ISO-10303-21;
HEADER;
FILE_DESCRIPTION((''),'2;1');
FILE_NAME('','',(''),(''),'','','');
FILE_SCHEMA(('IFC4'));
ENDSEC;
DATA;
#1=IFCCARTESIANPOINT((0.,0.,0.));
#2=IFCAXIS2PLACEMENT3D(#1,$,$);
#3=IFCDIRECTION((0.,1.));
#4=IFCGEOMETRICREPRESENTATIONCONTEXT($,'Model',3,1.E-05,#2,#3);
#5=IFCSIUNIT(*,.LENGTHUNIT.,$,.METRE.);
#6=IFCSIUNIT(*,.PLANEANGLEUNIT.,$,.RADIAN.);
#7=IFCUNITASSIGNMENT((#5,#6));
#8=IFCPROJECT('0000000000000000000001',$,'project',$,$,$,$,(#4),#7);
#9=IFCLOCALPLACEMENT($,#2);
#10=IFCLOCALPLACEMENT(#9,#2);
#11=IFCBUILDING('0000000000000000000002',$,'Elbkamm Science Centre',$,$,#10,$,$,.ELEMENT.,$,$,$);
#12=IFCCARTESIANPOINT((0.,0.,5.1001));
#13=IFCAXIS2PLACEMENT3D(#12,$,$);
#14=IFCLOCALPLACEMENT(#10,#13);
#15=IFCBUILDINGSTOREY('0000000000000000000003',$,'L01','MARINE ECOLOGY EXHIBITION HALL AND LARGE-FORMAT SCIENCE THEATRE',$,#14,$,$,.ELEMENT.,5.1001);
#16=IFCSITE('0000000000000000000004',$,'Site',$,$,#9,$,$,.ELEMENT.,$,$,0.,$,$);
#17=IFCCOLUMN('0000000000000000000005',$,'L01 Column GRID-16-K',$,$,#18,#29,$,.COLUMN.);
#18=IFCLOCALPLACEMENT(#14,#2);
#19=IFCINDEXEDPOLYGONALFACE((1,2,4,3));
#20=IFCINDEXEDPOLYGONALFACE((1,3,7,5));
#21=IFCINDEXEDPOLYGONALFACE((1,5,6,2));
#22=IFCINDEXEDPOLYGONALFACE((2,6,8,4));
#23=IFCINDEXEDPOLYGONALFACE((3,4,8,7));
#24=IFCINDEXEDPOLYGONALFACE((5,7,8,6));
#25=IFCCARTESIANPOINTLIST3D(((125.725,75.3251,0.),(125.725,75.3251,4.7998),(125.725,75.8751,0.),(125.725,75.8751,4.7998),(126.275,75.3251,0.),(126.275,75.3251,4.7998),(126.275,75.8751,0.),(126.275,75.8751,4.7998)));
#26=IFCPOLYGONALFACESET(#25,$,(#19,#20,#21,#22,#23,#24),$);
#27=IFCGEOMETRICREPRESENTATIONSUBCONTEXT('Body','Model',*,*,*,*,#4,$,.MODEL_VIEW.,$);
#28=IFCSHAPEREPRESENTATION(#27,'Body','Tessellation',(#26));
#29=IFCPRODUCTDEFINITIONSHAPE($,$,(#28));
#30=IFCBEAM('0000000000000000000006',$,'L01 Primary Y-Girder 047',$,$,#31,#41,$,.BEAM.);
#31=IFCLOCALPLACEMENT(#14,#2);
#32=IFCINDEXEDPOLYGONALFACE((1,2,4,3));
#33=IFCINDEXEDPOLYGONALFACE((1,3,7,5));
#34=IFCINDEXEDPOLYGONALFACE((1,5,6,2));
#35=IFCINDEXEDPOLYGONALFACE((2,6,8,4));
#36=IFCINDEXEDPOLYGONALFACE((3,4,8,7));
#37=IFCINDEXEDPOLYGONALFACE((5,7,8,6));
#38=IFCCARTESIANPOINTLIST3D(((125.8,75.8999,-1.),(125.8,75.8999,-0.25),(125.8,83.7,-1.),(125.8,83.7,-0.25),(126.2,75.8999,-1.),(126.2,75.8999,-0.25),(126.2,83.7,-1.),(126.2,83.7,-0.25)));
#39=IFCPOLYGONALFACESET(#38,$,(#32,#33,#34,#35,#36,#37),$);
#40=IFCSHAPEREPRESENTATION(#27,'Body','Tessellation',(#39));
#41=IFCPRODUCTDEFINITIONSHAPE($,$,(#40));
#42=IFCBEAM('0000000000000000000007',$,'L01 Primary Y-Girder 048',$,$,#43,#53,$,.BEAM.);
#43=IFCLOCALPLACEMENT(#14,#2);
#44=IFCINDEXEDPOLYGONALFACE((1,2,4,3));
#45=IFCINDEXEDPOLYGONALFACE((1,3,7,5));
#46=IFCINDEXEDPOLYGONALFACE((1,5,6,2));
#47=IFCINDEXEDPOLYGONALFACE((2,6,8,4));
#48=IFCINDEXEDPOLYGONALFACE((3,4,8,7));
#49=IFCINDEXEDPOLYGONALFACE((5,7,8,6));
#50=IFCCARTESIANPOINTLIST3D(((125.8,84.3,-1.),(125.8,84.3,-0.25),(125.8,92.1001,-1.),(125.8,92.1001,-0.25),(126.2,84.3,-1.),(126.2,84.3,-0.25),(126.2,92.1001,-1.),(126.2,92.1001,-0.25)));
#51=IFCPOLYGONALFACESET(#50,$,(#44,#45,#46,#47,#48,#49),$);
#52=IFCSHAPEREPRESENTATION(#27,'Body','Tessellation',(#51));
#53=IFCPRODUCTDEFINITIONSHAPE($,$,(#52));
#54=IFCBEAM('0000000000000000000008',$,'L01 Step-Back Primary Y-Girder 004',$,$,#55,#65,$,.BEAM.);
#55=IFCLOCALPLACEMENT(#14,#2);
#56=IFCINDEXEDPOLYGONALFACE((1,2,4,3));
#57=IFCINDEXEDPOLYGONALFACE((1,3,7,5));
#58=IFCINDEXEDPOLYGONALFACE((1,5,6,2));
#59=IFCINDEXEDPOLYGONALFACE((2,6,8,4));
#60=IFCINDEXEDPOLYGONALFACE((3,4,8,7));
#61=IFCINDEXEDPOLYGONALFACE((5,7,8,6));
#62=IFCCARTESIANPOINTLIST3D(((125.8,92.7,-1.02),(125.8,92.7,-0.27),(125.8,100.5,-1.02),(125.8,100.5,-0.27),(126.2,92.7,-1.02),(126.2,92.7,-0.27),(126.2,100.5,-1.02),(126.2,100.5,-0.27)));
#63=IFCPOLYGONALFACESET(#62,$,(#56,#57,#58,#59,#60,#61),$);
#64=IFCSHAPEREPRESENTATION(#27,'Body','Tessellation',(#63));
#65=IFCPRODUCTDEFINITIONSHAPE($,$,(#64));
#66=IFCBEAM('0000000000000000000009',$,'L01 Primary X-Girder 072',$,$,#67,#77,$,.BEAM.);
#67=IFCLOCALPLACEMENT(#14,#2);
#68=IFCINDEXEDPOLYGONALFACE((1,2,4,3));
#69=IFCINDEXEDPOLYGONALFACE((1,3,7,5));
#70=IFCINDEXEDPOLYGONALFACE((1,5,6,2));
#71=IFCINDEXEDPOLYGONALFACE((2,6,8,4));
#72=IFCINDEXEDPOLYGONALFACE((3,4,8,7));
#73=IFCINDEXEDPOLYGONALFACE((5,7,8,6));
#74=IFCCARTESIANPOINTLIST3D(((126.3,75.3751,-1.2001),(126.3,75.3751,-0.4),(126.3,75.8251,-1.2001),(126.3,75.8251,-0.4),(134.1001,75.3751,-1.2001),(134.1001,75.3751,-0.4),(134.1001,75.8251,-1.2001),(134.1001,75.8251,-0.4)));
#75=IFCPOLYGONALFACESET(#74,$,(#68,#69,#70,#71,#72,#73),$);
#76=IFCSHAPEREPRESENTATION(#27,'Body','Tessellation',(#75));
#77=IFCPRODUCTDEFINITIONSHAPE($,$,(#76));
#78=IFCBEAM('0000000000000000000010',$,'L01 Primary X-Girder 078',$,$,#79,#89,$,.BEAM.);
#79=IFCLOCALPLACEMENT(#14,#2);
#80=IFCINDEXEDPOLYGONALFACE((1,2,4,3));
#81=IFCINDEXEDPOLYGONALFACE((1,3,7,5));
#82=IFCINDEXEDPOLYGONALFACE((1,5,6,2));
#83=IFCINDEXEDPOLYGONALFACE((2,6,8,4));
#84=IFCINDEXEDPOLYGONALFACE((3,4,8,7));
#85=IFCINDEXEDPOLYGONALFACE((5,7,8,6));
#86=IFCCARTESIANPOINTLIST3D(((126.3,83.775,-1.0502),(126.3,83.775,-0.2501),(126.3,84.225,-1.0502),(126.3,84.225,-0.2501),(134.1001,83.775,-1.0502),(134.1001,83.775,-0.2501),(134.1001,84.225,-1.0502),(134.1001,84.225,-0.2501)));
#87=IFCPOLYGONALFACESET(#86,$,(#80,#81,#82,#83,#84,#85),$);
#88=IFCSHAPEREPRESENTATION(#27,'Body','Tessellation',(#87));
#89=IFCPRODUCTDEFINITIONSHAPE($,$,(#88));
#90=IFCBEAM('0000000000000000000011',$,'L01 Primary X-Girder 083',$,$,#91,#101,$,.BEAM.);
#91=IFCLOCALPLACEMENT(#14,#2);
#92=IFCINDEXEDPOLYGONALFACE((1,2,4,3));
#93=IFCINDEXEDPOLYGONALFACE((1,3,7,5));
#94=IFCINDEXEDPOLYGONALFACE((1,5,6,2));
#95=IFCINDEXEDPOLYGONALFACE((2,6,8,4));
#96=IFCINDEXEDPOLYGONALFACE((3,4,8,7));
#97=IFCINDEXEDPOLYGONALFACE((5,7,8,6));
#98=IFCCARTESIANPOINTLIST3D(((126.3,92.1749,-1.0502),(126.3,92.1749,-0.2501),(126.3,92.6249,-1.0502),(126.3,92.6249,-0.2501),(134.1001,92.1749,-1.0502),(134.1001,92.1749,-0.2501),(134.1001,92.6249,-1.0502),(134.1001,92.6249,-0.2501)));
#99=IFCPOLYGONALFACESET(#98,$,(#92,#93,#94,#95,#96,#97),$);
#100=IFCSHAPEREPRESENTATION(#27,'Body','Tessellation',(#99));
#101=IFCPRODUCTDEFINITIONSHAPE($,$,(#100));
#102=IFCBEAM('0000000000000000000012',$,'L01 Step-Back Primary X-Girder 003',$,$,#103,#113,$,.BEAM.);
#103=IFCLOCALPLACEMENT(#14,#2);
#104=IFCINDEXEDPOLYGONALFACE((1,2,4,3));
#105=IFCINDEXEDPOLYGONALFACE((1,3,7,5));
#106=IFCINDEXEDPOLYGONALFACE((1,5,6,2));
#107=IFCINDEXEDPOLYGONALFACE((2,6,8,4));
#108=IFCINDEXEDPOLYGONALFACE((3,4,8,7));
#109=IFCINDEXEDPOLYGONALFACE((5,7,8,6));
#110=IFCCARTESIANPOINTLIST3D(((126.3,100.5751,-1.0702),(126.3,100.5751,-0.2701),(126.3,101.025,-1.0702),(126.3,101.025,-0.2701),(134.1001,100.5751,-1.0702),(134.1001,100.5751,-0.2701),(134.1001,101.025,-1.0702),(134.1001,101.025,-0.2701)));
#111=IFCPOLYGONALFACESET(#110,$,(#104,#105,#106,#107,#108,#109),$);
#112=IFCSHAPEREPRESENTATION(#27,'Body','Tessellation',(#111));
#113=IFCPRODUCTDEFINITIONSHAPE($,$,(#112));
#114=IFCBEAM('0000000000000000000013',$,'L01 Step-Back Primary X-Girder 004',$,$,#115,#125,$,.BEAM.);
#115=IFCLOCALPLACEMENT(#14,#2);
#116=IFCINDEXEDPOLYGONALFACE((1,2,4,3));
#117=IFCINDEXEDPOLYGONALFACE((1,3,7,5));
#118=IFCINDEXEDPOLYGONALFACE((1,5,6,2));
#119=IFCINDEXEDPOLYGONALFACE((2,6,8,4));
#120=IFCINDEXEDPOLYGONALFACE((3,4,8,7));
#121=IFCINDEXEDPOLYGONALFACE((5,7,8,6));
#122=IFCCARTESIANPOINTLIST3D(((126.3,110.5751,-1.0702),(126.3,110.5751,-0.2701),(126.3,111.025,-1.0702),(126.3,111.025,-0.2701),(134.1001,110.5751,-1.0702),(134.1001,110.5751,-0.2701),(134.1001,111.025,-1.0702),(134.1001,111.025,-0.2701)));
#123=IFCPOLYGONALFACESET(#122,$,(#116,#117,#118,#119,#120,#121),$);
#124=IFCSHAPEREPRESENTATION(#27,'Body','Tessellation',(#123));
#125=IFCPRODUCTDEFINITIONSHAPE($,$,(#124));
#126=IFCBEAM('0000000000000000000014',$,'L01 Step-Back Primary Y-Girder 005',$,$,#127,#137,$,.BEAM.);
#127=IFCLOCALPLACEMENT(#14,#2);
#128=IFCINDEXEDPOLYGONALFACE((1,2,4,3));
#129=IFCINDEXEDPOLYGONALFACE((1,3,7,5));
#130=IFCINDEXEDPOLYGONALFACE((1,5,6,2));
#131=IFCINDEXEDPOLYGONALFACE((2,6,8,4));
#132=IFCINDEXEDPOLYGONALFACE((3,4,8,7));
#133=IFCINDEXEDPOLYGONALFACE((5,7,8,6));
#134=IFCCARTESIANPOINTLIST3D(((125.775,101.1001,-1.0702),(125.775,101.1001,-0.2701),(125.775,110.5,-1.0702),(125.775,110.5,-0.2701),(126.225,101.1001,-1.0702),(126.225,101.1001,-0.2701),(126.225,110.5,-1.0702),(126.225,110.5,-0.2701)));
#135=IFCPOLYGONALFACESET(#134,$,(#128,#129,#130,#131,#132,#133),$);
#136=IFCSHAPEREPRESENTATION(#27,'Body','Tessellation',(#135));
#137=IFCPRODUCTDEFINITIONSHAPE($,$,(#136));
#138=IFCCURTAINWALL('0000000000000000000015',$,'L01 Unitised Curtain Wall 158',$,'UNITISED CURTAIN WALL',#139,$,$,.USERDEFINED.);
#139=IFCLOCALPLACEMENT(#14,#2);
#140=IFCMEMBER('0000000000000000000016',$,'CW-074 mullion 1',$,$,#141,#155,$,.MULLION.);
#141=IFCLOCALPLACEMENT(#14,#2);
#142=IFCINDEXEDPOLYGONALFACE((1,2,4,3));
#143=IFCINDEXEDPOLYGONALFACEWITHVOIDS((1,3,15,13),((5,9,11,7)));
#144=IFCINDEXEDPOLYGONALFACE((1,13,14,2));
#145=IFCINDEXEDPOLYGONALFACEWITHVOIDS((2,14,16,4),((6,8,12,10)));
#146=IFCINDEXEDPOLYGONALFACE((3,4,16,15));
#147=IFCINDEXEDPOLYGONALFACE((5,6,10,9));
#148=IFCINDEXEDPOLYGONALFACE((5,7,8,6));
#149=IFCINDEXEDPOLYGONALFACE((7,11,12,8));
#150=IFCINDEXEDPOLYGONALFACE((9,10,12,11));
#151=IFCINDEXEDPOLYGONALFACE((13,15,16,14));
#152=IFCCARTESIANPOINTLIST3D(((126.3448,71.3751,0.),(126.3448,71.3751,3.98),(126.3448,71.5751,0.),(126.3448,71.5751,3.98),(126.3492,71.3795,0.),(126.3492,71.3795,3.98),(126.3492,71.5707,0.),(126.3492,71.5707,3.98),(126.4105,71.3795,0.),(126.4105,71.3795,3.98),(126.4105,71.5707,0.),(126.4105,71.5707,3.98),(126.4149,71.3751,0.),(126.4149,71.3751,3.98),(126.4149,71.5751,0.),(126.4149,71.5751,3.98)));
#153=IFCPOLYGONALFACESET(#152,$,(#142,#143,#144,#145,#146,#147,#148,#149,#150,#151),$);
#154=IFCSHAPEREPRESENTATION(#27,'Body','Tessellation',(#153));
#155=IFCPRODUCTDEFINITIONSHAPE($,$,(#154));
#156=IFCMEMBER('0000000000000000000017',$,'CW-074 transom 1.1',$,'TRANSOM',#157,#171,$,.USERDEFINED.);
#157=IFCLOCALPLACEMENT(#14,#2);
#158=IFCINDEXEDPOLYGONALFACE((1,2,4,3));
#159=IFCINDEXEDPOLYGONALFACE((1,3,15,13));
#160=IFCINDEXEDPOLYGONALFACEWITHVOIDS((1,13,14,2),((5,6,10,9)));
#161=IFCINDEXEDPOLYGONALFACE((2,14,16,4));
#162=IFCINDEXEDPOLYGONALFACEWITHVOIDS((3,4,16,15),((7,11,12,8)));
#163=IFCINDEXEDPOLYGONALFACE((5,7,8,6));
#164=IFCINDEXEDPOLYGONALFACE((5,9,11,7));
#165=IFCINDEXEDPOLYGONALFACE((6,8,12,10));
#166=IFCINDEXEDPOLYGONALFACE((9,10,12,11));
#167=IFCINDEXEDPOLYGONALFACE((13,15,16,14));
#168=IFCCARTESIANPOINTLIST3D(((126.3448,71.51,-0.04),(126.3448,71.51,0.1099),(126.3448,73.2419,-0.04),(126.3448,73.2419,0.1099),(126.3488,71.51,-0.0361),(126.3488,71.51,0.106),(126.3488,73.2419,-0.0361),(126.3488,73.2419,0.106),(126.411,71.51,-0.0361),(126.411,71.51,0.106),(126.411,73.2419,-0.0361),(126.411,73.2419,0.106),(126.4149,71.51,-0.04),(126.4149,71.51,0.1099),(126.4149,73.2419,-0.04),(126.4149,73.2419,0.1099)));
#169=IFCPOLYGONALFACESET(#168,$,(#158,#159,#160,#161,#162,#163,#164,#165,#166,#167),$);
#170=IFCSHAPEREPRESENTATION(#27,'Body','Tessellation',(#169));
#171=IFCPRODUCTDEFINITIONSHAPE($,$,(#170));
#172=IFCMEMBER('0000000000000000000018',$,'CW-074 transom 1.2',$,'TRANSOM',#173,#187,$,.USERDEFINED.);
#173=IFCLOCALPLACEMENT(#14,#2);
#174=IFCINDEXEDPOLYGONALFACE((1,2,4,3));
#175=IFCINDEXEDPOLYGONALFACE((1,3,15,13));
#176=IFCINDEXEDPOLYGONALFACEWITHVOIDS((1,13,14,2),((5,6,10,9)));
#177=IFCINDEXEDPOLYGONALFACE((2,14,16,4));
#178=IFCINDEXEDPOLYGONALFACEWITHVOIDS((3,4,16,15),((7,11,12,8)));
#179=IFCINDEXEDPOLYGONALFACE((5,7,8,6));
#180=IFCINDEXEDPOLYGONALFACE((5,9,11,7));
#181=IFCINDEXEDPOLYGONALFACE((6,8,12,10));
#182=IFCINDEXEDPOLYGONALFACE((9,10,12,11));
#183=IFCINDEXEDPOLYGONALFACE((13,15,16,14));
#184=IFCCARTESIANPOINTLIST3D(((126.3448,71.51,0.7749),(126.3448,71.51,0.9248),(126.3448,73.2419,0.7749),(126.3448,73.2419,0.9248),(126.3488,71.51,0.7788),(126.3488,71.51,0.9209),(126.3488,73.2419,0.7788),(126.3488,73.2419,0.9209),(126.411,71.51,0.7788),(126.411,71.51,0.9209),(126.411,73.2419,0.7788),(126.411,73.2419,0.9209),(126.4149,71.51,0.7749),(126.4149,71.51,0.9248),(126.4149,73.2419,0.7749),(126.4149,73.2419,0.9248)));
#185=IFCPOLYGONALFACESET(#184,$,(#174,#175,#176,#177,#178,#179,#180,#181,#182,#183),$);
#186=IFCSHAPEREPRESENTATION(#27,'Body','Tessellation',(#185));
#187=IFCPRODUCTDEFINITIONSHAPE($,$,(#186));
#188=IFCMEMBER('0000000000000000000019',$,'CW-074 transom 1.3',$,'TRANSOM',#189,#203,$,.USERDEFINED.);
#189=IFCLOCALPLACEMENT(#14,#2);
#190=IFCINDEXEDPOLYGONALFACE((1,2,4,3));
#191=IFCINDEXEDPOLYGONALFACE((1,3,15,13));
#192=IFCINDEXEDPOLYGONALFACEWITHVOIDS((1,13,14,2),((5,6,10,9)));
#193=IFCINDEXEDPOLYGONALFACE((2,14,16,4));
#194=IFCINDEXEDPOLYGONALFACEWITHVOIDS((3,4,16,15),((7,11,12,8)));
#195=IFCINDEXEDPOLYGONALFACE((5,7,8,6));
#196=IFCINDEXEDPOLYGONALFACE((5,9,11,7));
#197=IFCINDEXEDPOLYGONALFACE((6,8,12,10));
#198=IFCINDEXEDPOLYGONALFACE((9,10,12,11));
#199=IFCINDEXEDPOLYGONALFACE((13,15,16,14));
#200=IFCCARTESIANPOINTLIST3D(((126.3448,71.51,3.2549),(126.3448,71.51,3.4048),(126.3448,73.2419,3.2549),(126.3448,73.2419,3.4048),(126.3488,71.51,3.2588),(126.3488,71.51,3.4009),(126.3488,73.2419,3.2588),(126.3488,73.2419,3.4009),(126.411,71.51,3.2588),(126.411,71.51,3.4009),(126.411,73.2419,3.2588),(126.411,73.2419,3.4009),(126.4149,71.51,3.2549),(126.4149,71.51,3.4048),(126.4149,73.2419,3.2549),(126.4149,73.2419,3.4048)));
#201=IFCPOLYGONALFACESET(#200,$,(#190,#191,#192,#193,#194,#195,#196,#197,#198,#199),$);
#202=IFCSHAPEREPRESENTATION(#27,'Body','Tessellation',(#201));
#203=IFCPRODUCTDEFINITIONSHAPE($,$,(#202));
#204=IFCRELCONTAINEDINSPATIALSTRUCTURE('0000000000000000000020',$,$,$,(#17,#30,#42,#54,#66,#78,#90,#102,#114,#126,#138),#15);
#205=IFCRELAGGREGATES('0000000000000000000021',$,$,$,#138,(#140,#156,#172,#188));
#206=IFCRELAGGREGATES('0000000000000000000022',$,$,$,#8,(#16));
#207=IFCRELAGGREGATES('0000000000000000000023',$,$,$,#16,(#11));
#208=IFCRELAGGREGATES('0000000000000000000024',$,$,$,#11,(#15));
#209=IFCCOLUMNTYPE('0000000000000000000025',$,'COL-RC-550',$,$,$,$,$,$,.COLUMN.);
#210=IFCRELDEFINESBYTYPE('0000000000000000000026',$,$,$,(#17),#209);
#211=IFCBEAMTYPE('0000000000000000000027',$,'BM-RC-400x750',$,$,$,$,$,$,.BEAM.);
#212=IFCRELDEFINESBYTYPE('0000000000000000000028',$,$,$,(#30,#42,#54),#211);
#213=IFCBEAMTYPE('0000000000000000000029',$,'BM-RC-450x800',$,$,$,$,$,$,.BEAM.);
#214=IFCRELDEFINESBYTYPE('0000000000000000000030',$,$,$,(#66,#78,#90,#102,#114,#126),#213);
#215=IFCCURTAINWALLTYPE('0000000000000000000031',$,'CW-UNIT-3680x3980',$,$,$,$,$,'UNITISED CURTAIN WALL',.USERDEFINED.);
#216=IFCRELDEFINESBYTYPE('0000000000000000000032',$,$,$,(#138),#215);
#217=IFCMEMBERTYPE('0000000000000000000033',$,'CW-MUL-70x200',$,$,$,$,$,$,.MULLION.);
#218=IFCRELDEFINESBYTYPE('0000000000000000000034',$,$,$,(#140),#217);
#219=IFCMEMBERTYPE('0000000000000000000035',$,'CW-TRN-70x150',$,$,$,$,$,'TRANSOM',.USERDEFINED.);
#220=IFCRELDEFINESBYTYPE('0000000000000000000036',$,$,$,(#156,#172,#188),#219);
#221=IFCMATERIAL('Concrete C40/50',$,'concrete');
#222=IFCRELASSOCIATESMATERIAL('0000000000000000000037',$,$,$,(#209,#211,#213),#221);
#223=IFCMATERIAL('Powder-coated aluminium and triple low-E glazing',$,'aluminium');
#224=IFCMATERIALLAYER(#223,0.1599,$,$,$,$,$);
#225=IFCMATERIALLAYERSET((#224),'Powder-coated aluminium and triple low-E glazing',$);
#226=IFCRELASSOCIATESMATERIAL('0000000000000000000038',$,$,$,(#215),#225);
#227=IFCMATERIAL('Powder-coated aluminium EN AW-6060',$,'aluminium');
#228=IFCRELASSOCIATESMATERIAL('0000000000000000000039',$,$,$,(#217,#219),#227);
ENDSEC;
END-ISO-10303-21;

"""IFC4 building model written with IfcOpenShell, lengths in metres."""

from ifc_helpers import new_model, si_unit, direction, frame, origin, origin_2d, place, context, subcontext, project, spatial, rectangle, hollow_rectangle, extrude, material, layer, layer_set, material_profile, profile_set, type_object, element, aggregate, save


model = new_model("IFC4")

# Units and contexts
model_context = context("Model", 3, precision=1e-05, world=origin(), true_north=direction((0.0, 1.0)))
body_context = subcontext(model_context, "Body", "Model", "MODEL_VIEW")
ifc_project = project(units=[si_unit("LENGTHUNIT", "METRE"), si_unit("PLANEANGLEUNIT", "RADIAN")], contexts=[model_context])

# Site, building, storey
site_placement = place(None, origin())
site = spatial("IfcSite", under=ifc_project, at=site_placement, Name="Site", CompositionType="ELEMENT", RefElevation=0.0)
building_placement = place(site_placement, origin())
building = spatial("IfcBuilding", under=site, at=building_placement, Name="Elbkamm Science Centre", CompositionType="ELEMENT")
storey_placement = place(building_placement, frame((0.0, 0.0, 5.1001)))
storey = spatial("IfcBuildingStorey", under=building, at=storey_placement, Name="L01", Description="MARINE ECOLOGY EXHIBITION HALL AND LARGE-FORMAT SCIENCE THEATRE", CompositionType="ELEMENT", Elevation=5.1001)

# Column
ifc_material_1 = material(Name="Concrete C40/50", Category="concrete")
ifc_material_profile_1 = material_profile(ifc_material_1, rectangle(XDim=0.55, YDim=0.55, at=origin_2d()), Name="RC 550x550")
ifc_profile_set_1 = profile_set([ifc_material_profile_1], Name="Concrete C40/50")
column_type = type_object("IfcColumnType", Name="COL-RC-550", PredefinedType="COLUMN", material=ifc_profile_set_1)
column_placement = place(storey_placement, frame((126.0, 75.6001, 0.0), z_axis=(0.0, 0.0, 1.0), x_axis=(1.0, 0.0, 0.0)))
element("IfcColumn", 1, at=column_placement, inside=storey, type_object=column_type, Name="L01 Column GRID-16-K", PredefinedType="COLUMN", context=body_context, shape_type="SweptSolid", body=[
    extrude(rectangle(XDim=0.55, YDim=0.55, at=origin_2d()), origin(), (0.0, 0.0, 1.0), 4.7998),
])

# Beams
ifc_material_profile_2 = material_profile(ifc_material_1, rectangle(XDim=0.3999, YDim=0.75, at=origin_2d()), Name="RC 400x750")
ifc_profile_set_2 = profile_set([ifc_material_profile_2], Name="Concrete C40/50")
beam_type_1 = type_object("IfcBeamType", Name="BM-RC-400x750", PredefinedType="BEAM", material=ifc_profile_set_2)
for number, where, z_axis, x_axis, name in (
    (2, (126.0, 75.8999, -0.625), (0.0, 1.0, 0.0), (-1.0, 0.0, 0.0), "L01 Primary Y-Girder 047"),
    (3, (126.0, 84.3, -0.625), (0.0, 1.0, 0.0), (-1.0, 0.0, 0.0), "L01 Primary Y-Girder 048"),
    (4, (126.0, 92.7, -0.645), (0.0, 1.0, 0.0), (-1.0, 0.0, 0.0), "L01 Step-Back Primary Y-Girder 004"),
):
    element("IfcBeam", number, at=place(storey_placement, frame(where, z_axis=z_axis, x_axis=x_axis)), inside=storey, type_object=beam_type_1, Name=name, PredefinedType="BEAM", context=body_context, shape_type="SweptSolid", body=[
        extrude(rectangle(XDim=0.3999, YDim=0.75, at=origin_2d()), origin(), (0.0, 0.0, 1.0), 7.8),
    ])
ifc_material_profile_3 = material_profile(ifc_material_1, rectangle(XDim=0.45, YDim=0.8, at=origin_2d()), Name="RC 450x800")
ifc_profile_set_3 = profile_set([ifc_material_profile_3], Name="Concrete C40/50")
beam_type_2 = type_object("IfcBeamType", Name="BM-RC-450x800", PredefinedType="BEAM", material=ifc_profile_set_3)
for number, where, z_axis, x_axis, name in (
    (5, (126.3, 75.6001, -0.8), (1.0, 0.0, 0.0), (0.0, 1.0, 0.0), "L01 Primary X-Girder 072"),
    (6, (126.3, 84.0, -0.6501), (1.0, 0.0, 0.0), (0.0, 1.0, 0.0), "L01 Primary X-Girder 078"),
    (7, (126.3, 92.3999, -0.6501), (1.0, 0.0, 0.0), (0.0, 1.0, 0.0), "L01 Primary X-Girder 083"),
    (8, (126.3, 100.8, -0.6702), (1.0, 0.0, 0.0), (0.0, 1.0, 0.0), "L01 Step-Back Primary X-Girder 003"),
    (9, (126.3, 110.8, -0.6702), (1.0, 0.0, 0.0), (0.0, 1.0, 0.0), "L01 Step-Back Primary X-Girder 004"),
):
    element("IfcBeam", number, at=place(storey_placement, frame(where, z_axis=z_axis, x_axis=x_axis)), inside=storey, type_object=beam_type_2, Name=name, PredefinedType="BEAM", context=body_context, shape_type="SweptSolid", body=[
        extrude(rectangle(XDim=0.45, YDim=0.8, at=origin_2d()), origin(), (0.0, 0.0, 1.0), 7.8),
    ])
beam_placement = place(storey_placement, frame((126.0, 101.1001, -0.6702), z_axis=(0.0, 1.0, 0.0), x_axis=(-1.0, 0.0, 0.0)))
element("IfcBeam", 10, at=beam_placement, inside=storey, type_object=beam_type_2, Name="L01 Step-Back Primary Y-Girder 005", PredefinedType="BEAM", context=body_context, shape_type="SweptSolid", body=[
    extrude(rectangle(XDim=0.45, YDim=0.8, at=origin_2d()), origin(), (0.0, 0.0, 1.0), 9.3999),
])

# Curtain wall, members
ifc_material_2 = material(Name="Powder-coated aluminium and triple low-E glazing", Category="aluminium")
ifc_layer_1 = layer(ifc_material_2, 0.1599)
ifc_layer_set_1 = layer_set([ifc_layer_1], Name="Powder-coated aluminium and triple low-E glazing")
curtain_wall_type = type_object("IfcCurtainWallType", Name="CW-UNIT-3680x3980", ElementType="UNITISED CURTAIN WALL", PredefinedType="USERDEFINED", material=ifc_layer_set_1)
curtain_wall_placement = place(storey_placement, origin())
curtain_wall = element("IfcCurtainWall", 11, at=curtain_wall_placement, inside=storey, type_object=curtain_wall_type, Name="L01 Unitised Curtain Wall 158", ObjectType="UNITISED CURTAIN WALL", PredefinedType="USERDEFINED")
ifc_material_3 = material(Name="Powder-coated aluminium EN AW-6060", Category="aluminium")
ifc_material_profile_4 = material_profile(ifc_material_3, hollow_rectangle(XDim=0.0701, YDim=0.2, WallThickness=0.0044, at=origin_2d()), Name="ALU M70x200")
ifc_profile_set_4 = profile_set([ifc_material_profile_4], Name="Powder-coated aluminium EN AW-6060")
member_type_1 = type_object("IfcMemberType", Name="CW-MUL-70x200", PredefinedType="MULLION", material=ifc_profile_set_4)
member_1_placement = place(storey_placement, frame((126.3799, 71.4751, 0.0), z_axis=(0.0, 0.0, 1.0), x_axis=(-1.0, 0.0, 0.0)))
member_1 = element("IfcMember", 12, at=member_1_placement, type_object=member_type_1, Name="CW-074 mullion 1", PredefinedType="MULLION", context=body_context, shape_type="SweptSolid", body=[
    extrude(hollow_rectangle(XDim=0.0701, YDim=0.2, WallThickness=0.0044, at=origin_2d()), origin(), (0.0, 0.0, 1.0), 3.98),
])
ifc_material_profile_5 = material_profile(ifc_material_3, hollow_rectangle(XDim=0.0701, YDim=0.1499, WallThickness=0.0039, at=origin_2d()), Name="ALU T70x150")
ifc_profile_set_5 = profile_set([ifc_material_profile_5], Name="Powder-coated aluminium EN AW-6060")
member_type_2 = type_object("IfcMemberType", Name="CW-TRN-70x150", ElementType="TRANSOM", PredefinedType="USERDEFINED", material=ifc_profile_set_5)
member_2_placement = place(storey_placement, frame((126.3799, 71.51, 0.0349), z_axis=(0.0, 1.0, 0.0), x_axis=(-1.0, 0.0, 0.0)))
member_2 = element("IfcMember", 13, at=member_2_placement, type_object=member_type_2, Name="CW-074 transom 1.1", ObjectType="TRANSOM", PredefinedType="USERDEFINED", context=body_context, shape_type="SweptSolid", body=[
    extrude(hollow_rectangle(XDim=0.0701, YDim=0.1499, WallThickness=0.0039, at=origin_2d()), origin(), (0.0, 0.0, 1.0), 1.7319),
])
member_3_placement = place(storey_placement, frame((126.3799, 71.51, 0.8499), z_axis=(0.0, 1.0, 0.0), x_axis=(-1.0, 0.0, 0.0)))
member_3 = element("IfcMember", 14, at=member_3_placement, type_object=member_type_2, Name="CW-074 transom 1.2", ObjectType="TRANSOM", PredefinedType="USERDEFINED", context=body_context, shape_type="SweptSolid", body=[
    extrude(hollow_rectangle(XDim=0.0701, YDim=0.1499, WallThickness=0.0039, at=origin_2d()), origin(), (0.0, 0.0, 1.0), 1.7319),
])
member_4_placement = place(storey_placement, frame((126.3799, 71.51, 3.3298), z_axis=(0.0, 1.0, 0.0), x_axis=(-1.0, 0.0, 0.0)))
member_4 = element("IfcMember", 15, at=member_4_placement, type_object=member_type_2, Name="CW-074 transom 1.3", ObjectType="TRANSOM", PredefinedType="USERDEFINED", context=body_context, shape_type="SweptSolid", body=[
    extrude(hollow_rectangle(XDim=0.0701, YDim=0.1499, WallThickness=0.0039, at=origin_2d()), origin(), (0.0, 0.0, 1.0), 1.7319),
])

aggregate(curtain_wall, [member_1, member_2, member_3, member_4])

save(model, "model.ifc")
